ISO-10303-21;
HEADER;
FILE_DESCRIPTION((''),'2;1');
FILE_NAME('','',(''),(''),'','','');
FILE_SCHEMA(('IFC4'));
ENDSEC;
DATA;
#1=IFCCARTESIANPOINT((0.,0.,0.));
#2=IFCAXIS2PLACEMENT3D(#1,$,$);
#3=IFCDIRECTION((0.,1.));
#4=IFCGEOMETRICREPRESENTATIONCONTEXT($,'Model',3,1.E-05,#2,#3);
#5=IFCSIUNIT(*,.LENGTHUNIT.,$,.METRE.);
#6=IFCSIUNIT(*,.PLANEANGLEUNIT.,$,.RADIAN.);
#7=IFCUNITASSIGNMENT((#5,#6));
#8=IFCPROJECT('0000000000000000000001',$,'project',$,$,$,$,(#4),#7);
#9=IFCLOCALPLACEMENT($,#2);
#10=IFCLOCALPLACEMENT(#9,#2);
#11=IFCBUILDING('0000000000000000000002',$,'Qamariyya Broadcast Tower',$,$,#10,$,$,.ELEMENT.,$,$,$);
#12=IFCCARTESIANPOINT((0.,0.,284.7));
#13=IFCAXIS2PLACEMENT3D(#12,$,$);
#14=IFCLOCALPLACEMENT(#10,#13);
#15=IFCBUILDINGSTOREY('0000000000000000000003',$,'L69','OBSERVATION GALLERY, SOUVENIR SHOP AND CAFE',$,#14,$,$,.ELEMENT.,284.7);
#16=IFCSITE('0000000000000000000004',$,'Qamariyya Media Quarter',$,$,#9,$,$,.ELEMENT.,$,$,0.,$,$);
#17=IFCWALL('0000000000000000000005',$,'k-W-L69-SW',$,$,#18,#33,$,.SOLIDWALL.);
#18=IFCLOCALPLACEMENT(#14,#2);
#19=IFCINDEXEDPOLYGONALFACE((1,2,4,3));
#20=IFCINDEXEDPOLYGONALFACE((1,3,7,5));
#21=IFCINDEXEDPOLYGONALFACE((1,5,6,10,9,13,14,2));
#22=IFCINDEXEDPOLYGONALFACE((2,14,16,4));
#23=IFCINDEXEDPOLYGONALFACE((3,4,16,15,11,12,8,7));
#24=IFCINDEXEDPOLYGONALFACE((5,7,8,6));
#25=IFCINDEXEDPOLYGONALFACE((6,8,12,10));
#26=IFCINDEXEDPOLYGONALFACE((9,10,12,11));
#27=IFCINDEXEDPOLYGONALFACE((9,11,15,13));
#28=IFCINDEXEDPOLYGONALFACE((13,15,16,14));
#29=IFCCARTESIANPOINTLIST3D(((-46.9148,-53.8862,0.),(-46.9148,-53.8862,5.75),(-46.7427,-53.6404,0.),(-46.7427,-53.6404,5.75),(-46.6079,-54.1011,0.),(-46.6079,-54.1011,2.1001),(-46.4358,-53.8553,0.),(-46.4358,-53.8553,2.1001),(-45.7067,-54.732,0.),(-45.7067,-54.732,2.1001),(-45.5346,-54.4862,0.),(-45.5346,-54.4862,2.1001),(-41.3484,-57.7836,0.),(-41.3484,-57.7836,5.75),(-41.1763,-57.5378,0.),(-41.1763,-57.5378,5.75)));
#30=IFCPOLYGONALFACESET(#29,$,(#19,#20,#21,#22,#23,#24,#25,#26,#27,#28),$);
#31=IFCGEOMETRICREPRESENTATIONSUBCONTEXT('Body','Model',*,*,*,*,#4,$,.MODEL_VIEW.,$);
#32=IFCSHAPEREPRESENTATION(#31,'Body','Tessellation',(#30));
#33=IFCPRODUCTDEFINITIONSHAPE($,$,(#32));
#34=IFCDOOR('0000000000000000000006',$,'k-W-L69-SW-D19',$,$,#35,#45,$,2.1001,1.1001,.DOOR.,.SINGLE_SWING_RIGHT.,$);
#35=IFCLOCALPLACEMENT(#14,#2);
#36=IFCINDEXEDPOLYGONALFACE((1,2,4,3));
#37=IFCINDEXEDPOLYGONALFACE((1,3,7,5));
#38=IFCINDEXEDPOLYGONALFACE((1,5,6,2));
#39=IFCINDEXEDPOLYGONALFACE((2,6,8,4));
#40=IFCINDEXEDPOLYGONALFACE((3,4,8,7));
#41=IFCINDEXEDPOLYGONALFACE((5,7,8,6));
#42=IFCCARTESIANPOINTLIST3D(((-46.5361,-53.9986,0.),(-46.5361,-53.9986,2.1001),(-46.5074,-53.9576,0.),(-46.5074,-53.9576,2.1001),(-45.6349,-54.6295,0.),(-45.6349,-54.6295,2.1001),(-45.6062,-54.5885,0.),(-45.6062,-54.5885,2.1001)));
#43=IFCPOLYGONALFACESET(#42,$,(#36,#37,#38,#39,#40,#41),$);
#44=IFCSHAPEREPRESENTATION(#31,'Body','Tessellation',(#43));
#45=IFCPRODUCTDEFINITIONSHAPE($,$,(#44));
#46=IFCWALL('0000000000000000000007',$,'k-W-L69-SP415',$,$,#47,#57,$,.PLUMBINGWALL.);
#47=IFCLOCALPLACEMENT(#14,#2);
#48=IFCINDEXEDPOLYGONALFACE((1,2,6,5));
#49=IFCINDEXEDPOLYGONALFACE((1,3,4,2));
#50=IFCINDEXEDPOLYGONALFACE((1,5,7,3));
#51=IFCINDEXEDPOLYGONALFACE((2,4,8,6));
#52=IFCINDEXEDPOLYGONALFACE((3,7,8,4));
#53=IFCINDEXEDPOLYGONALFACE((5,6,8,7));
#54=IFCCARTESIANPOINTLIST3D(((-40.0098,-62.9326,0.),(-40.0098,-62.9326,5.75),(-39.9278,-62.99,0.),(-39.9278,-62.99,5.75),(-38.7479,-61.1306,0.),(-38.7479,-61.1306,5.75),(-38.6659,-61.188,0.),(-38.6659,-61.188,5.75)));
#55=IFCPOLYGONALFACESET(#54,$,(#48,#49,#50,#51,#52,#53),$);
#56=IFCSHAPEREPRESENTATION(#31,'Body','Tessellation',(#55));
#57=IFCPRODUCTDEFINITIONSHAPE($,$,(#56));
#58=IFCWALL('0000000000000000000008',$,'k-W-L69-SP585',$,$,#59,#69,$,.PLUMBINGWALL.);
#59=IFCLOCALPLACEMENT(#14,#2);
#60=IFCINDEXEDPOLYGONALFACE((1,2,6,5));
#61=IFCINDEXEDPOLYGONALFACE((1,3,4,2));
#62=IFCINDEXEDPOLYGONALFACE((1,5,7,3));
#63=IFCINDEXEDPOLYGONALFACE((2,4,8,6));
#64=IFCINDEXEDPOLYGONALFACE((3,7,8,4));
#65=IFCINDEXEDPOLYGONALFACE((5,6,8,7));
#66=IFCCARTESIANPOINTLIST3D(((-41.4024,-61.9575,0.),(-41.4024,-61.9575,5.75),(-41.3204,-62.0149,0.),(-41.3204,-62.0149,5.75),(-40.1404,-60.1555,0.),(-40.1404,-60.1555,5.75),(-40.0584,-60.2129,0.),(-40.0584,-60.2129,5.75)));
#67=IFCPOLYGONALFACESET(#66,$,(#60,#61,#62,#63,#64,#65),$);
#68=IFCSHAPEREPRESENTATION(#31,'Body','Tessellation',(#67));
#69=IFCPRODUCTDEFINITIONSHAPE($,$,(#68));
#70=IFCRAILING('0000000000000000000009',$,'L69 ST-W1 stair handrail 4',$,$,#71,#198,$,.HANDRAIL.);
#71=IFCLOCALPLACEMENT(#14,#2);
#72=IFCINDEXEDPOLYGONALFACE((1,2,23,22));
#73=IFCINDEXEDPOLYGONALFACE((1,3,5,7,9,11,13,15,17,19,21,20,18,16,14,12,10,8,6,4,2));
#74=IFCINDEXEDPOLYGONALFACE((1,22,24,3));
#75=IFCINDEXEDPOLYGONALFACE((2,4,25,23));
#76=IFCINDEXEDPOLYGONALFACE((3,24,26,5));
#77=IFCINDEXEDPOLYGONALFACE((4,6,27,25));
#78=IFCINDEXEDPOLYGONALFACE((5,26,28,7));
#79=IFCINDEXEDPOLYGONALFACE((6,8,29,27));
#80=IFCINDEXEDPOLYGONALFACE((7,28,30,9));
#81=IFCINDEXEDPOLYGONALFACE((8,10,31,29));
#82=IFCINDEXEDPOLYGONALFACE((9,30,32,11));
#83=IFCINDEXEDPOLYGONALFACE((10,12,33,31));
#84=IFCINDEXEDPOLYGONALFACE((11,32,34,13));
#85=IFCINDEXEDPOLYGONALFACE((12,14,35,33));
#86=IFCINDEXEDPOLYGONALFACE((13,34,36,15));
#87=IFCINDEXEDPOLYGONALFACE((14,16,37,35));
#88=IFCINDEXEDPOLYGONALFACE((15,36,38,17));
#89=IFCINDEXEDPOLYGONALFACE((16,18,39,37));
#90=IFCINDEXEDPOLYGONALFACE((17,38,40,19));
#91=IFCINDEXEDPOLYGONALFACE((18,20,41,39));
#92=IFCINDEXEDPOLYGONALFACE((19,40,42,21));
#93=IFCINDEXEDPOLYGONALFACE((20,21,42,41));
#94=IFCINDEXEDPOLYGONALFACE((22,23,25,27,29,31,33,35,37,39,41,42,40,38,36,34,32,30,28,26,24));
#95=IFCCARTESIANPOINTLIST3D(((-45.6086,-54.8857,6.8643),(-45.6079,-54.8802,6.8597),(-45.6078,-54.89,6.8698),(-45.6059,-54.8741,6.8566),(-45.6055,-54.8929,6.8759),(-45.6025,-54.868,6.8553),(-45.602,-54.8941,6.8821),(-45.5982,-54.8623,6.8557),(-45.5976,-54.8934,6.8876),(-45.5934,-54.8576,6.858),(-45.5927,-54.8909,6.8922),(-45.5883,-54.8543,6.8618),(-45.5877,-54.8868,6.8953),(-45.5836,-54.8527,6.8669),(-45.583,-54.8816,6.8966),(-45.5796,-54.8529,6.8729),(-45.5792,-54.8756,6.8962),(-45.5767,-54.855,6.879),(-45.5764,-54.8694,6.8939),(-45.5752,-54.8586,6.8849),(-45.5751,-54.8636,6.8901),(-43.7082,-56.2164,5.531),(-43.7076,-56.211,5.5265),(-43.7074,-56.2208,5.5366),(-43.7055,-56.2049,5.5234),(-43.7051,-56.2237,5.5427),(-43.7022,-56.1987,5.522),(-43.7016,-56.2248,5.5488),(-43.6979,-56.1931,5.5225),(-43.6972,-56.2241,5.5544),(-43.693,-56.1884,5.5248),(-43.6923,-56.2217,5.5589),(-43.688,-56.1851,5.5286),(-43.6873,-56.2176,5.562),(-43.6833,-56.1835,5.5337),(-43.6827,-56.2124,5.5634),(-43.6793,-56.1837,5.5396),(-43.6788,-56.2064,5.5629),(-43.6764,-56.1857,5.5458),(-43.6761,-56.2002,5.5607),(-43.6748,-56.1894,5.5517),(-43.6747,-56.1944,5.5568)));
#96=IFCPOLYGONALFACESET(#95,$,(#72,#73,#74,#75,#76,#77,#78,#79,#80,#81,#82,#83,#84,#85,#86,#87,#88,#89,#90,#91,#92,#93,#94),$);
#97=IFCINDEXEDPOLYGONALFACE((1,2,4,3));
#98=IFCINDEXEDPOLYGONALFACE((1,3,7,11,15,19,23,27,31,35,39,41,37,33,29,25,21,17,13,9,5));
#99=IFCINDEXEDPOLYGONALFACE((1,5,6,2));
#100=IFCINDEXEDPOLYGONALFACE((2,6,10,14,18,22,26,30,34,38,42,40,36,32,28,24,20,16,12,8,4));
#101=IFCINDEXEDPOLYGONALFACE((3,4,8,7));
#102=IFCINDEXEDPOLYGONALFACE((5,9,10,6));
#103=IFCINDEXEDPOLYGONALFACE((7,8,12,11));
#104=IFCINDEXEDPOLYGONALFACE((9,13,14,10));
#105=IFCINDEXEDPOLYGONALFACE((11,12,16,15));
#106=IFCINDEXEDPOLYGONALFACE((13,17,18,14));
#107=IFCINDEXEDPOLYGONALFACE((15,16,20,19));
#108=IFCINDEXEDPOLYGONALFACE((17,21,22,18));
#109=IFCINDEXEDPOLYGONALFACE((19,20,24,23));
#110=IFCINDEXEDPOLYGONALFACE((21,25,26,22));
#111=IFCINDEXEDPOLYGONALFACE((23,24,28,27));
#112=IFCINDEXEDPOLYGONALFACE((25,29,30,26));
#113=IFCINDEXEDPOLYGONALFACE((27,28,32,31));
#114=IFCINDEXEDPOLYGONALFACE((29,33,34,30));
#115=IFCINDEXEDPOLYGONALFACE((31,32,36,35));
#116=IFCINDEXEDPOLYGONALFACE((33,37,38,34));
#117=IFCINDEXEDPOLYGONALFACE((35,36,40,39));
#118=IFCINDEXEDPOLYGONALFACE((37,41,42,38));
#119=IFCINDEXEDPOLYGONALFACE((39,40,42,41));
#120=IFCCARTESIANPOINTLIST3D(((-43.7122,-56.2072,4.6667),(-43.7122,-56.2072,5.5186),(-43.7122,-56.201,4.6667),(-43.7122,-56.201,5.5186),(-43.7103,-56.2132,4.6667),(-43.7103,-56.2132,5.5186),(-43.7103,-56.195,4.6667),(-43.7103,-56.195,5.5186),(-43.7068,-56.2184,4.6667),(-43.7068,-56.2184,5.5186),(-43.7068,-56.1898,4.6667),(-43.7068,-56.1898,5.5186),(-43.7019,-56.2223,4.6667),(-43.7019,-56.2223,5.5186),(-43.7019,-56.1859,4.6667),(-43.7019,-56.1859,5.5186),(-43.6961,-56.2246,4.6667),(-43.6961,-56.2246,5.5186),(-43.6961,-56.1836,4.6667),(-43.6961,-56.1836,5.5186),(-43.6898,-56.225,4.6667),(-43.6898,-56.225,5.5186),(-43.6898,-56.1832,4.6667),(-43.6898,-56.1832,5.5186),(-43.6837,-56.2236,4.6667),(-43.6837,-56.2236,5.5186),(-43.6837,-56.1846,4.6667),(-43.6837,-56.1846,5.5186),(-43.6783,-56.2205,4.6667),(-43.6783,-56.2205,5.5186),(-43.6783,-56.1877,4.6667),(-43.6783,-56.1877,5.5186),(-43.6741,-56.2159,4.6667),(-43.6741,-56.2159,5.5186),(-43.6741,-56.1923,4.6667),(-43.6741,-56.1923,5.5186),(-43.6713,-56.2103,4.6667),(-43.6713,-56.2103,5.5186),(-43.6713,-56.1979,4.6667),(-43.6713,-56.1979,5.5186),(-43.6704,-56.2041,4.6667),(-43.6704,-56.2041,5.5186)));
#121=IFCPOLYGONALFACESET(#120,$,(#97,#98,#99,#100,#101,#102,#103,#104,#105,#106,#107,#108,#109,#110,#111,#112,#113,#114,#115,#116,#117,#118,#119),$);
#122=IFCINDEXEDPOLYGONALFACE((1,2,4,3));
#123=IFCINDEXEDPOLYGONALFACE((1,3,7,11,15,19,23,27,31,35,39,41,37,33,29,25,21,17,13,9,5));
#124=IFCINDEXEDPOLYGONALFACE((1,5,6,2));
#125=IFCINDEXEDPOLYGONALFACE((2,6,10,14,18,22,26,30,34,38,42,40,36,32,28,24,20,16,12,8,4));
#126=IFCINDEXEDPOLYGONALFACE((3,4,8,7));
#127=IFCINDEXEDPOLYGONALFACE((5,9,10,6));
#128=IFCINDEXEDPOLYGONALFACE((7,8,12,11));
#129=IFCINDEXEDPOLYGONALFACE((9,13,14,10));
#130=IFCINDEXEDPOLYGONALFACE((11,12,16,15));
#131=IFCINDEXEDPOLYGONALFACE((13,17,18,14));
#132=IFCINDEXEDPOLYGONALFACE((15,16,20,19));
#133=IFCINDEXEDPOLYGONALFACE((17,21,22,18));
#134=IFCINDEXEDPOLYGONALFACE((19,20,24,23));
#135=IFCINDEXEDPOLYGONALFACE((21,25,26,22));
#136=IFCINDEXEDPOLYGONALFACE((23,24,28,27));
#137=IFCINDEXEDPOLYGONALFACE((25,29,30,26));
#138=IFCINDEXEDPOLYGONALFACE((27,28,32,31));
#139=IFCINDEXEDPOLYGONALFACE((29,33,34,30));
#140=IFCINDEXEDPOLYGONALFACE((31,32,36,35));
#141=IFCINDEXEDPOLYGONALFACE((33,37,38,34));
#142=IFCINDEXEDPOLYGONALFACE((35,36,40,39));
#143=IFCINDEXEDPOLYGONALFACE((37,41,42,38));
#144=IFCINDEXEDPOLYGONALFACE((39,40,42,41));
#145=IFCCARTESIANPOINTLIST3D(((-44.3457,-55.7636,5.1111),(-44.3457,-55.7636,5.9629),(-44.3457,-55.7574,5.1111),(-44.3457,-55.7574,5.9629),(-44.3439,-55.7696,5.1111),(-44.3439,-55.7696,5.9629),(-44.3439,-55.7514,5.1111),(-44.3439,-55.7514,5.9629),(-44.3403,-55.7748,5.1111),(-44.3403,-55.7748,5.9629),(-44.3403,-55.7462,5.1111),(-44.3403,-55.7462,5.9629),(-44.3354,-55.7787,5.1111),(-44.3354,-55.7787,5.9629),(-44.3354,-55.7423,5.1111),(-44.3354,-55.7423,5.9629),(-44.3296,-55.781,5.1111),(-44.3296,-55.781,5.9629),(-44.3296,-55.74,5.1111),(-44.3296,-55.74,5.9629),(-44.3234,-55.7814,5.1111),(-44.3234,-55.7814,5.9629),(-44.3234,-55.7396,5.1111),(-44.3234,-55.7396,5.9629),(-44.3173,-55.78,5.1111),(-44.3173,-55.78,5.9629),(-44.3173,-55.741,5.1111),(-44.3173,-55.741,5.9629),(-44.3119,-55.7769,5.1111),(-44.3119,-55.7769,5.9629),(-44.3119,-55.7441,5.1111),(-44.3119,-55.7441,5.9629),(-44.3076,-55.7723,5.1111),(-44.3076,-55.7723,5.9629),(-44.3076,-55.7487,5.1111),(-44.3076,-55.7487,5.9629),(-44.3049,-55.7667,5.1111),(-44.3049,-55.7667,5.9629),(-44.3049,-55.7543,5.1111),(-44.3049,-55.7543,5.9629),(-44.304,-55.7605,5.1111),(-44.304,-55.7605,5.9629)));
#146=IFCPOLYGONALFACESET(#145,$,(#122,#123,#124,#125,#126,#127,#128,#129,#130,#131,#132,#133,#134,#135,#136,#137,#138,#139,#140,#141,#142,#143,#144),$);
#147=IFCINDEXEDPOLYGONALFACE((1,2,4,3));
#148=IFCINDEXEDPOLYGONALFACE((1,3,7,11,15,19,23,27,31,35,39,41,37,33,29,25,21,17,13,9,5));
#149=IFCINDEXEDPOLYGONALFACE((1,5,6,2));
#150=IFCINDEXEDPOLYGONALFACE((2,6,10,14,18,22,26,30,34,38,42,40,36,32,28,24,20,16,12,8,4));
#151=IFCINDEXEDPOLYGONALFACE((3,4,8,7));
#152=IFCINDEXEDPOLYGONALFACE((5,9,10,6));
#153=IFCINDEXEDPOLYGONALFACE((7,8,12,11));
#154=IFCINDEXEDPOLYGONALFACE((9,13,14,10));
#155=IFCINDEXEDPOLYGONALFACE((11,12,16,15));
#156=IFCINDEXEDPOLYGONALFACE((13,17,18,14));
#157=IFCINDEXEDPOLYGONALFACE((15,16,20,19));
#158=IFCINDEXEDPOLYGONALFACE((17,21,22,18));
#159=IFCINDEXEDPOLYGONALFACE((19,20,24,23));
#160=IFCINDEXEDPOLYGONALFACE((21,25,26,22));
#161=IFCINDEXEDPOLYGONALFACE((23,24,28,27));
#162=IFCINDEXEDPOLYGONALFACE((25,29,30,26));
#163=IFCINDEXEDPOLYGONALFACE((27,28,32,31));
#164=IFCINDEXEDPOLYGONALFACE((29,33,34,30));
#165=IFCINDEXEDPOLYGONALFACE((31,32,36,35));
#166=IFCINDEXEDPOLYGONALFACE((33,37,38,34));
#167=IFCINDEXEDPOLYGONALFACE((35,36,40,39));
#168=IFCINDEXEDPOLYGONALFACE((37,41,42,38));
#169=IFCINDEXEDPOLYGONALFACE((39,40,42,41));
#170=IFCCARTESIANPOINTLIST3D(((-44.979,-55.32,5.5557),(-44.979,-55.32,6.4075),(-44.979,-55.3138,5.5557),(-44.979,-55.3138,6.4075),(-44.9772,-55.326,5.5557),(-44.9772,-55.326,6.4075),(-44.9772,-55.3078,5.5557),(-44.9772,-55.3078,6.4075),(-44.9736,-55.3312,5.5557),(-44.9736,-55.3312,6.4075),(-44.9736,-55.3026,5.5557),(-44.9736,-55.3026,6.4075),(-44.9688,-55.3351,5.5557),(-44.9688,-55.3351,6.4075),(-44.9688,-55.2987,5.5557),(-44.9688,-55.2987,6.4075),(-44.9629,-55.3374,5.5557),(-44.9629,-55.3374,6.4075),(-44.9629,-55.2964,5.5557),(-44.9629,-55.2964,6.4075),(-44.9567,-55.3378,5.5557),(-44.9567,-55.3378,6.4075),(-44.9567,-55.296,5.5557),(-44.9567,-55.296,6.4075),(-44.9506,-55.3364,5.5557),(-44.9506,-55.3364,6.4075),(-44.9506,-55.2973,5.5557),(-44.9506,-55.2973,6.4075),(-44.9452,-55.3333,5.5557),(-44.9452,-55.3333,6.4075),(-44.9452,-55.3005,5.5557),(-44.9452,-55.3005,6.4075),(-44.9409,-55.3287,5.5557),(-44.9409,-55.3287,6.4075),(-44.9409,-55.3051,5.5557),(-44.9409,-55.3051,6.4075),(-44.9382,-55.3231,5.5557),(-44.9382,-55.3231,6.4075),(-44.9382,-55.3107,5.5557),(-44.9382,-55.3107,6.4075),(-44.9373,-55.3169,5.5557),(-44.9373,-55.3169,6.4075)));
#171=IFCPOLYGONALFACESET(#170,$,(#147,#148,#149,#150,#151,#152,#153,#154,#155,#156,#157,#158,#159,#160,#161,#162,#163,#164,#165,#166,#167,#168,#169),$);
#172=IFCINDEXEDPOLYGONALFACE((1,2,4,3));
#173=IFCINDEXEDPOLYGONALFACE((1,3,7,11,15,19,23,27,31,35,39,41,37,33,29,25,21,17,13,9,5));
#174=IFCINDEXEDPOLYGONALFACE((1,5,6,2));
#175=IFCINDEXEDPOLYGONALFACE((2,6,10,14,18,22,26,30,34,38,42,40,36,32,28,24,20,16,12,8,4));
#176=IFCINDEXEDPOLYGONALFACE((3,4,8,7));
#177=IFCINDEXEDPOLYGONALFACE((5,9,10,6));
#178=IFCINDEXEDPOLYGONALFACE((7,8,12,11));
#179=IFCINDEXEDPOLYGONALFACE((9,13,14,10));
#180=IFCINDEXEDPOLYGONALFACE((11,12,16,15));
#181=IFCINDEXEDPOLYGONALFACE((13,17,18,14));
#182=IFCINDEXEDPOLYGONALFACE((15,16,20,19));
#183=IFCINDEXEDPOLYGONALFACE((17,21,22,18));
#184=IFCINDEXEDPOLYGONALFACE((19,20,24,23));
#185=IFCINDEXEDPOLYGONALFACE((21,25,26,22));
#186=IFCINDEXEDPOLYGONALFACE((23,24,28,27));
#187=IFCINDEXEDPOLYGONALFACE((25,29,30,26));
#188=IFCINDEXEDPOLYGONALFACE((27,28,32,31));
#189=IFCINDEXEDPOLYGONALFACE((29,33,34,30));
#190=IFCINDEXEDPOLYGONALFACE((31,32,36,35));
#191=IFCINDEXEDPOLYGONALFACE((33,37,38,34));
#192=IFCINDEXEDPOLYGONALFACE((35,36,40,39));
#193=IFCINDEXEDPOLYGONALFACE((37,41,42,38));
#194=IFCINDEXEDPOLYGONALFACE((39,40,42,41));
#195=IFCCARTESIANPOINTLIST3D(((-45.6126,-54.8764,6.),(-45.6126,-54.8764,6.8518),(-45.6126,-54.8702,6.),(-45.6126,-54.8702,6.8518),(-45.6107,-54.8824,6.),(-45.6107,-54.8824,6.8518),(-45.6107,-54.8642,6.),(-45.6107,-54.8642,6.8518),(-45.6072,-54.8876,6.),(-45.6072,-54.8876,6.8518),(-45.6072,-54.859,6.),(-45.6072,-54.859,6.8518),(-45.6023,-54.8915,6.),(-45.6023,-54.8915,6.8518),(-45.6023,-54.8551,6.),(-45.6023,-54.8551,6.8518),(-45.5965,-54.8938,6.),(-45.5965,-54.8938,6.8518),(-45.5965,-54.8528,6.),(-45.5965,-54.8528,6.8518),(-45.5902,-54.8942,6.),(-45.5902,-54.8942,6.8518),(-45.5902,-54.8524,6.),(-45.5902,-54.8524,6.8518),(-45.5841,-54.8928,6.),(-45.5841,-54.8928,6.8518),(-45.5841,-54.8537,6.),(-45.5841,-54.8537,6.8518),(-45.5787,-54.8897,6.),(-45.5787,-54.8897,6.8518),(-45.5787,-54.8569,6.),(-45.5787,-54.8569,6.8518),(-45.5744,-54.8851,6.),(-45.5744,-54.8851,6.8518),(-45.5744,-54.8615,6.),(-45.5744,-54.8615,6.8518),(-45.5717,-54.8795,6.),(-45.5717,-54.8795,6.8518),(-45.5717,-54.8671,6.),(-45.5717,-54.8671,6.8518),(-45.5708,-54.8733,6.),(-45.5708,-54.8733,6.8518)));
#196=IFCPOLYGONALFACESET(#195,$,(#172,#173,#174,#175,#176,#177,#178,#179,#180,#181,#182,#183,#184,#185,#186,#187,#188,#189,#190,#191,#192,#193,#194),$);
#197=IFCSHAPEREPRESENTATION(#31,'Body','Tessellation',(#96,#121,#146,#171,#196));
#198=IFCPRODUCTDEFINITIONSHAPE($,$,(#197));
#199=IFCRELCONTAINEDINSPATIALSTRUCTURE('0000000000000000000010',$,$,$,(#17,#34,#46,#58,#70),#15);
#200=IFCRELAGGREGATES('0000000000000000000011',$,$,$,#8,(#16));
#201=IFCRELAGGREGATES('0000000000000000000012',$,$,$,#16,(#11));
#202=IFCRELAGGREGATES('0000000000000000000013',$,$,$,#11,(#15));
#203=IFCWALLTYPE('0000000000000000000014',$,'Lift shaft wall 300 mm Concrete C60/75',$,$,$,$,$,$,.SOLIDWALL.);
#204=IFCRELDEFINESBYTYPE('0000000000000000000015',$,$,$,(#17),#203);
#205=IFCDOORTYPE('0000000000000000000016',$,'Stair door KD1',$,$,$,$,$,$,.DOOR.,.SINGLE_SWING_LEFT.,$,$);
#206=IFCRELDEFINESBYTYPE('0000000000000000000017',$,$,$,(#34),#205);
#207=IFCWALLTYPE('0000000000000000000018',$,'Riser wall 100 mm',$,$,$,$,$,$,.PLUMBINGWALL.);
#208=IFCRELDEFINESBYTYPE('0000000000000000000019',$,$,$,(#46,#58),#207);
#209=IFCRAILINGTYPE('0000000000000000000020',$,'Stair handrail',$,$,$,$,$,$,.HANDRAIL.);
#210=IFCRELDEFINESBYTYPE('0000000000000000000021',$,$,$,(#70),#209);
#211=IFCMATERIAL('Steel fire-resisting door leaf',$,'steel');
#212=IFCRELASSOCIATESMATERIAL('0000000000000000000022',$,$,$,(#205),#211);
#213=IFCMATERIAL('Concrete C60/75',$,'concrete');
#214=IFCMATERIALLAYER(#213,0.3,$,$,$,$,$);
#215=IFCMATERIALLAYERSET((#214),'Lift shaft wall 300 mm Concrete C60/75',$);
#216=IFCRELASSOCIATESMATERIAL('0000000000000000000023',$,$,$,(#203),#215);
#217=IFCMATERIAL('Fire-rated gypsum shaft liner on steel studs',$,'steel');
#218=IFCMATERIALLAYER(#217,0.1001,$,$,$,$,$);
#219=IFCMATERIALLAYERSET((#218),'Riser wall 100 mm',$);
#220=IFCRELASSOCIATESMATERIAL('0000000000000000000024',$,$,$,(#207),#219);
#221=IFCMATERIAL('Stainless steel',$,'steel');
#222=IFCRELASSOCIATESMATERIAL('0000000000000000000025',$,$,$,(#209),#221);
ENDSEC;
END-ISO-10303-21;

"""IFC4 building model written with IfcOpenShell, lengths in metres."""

from ifc_helpers import new_model, si_unit, direction, frame, frame_2d, origin, origin_2d, place, context, subcontext, project, spatial, rectangle, circle, extrude, material, layer, layer_set, type_object, element, fill, save


model = new_model("IFC4")

# Units and contexts
model_context = context("Model", 3, precision=1e-05, world=origin(), true_north=direction((0.0, 1.0)))
body_context = subcontext(model_context, "Body", "Model", "MODEL_VIEW")
ifc_project = project(units=[si_unit("LENGTHUNIT", "METRE"), si_unit("PLANEANGLEUNIT", "RADIAN")], contexts=[model_context])

# Site, building, storey
site_placement = place(None, origin())
site = spatial("IfcSite", under=ifc_project, at=site_placement, Name="Qamariyya Media Quarter", CompositionType="ELEMENT", RefElevation=0.0)
building_placement = place(site_placement, origin())
building = spatial("IfcBuilding", under=site, at=building_placement, Name="Qamariyya Broadcast Tower", CompositionType="ELEMENT")
storey_placement = place(building_placement, frame((0.0, 0.0, 284.7)))
storey = spatial("IfcBuildingStorey", under=building, at=storey_placement, Name="L69", Description="OBSERVATION GALLERY, SOUVENIR SHOP AND CAFE", CompositionType="ELEMENT", Elevation=284.7)

# Shared definitions
ifc_material_1 = material(Name="Concrete C60/75", Category="concrete")
ifc_material_2 = material(Name="Steel fire-resisting door leaf", Category="steel")

# Shared definitions
door_type_1 = type_object("IfcDoorType", Name="Stair door KD1", OperationType="SINGLE_SWING_LEFT", PredefinedType="DOOR", material=ifc_material_2)

# Shared definitions
ifc_layer_1 = layer(ifc_material_1, 0.3)
ifc_layer_set_1 = layer_set([ifc_layer_1], Name="Lift shaft wall 300 mm Concrete C60/75")
wall_type_1 = type_object("IfcWallType", Name="Lift shaft wall 300 mm Concrete C60/75", PredefinedType="SOLIDWALL", material=ifc_layer_set_1)

# Wall, opening, door
wall_1_placement = place(storey_placement, frame((-41.2625, -57.6606, 0.0), z_axis=(0.0, 0.0, 1.0), x_axis=(-0.819164, 0.573559, 0.0)))
wall_1 = element("IfcWall", 1, at=wall_1_placement, inside=storey, type_object=wall_type_1, Name="k-W-L69-SW", PredefinedType="SOLIDWALL", context=body_context, shape_type="SweptSolid", body=[
    extrude(rectangle(XDim=6.7952, YDim=0.3, at=frame_2d((3.3975, 0.0))), origin(), (0.0, 0.0, 1.0), 5.75),
])
opening_1_placement = place(wall_1_placement, frame((5.3203, 0.0, 0.0)))
opening_1 = element("IfcOpeningElement", 2, at=opening_1_placement, cuts=wall_1, PredefinedType="OPENING", context=body_context, shape_type="SweptSolid", body=[
    extrude(rectangle(XDim=1.1001, YDim=2.1001, at=frame_2d((0.55, 1.05))), frame((0.0, 0.1599, 0.0), z_axis=(0.0, -1.0, 0.0), x_axis=(1.0, 0.0, 0.0)), (0.0, 0.0, 1.0), 0.3201),
])
door_1_placement = place(opening_1_placement, origin())
door_1 = element("IfcDoor", 3, at=door_1_placement, inside=storey, type_object=door_type_1, Name="k-W-L69-SW-D19", OperationType="SINGLE_SWING_RIGHT", OverallHeight=2.1001, OverallWidth=1.1001, PredefinedType="DOOR", context=body_context, shape_type="SweptSolid", body=[
    extrude(rectangle(XDim=1.1001, YDim=2.1001, at=frame_2d((0.55, 1.05))), frame((0.0, 0.0249, 0.0), z_axis=(0.0, -1.0, 0.0), x_axis=(1.0, 0.0, 0.0)), (0.0, 0.0, 1.0), 0.05),
])
fill(opening_1, door_1)

# Walls
ifc_material_3 = material(Name="Fire-rated gypsum shaft liner on steel studs", Category="steel")
ifc_layer_2 = layer(ifc_material_3, 0.1001)
ifc_layer_set_2 = layer_set([ifc_layer_2], Name="Riser wall 100 mm")
wall_type_2 = type_object("IfcWallType", Name="Riser wall 100 mm", PredefinedType="PLUMBINGWALL", material=ifc_layer_set_2)
for number, where, z_axis, x_axis, name in (
    (4, (-38.7068, -61.1592, 0.0), (0.0, 0.0, 1.0), (-0.573634, -0.819112, 0.0), "k-W-L69-SP415"),
    (5, (-40.0994, -60.1841, 0.0), (0.0, 0.0, 1.0), (-0.573634, -0.819112, 0.0), "k-W-L69-SP585"),
):
    element("IfcWall", number, at=place(storey_placement, frame(where, z_axis=z_axis, x_axis=x_axis)), inside=storey, type_object=wall_type_2, Name=name, PredefinedType="PLUMBINGWALL", context=body_context, shape_type="SweptSolid", body=[
        extrude(rectangle(XDim=2.2, YDim=0.1001, at=frame_2d((1.1001, 0.0))), origin(), (0.0, 0.0, 1.0), 5.75),
    ])

# Railing
ifc_material_4 = material(Name="Stainless steel", Category="steel")
railing_type = type_object("IfcRailingType", Name="Stair handrail", PredefinedType="HANDRAIL", material=ifc_material_4)
railing_placement = place(storey_placement, frame((-43.6914, -56.2041, 4.6667)))
element("IfcRailing", 6, at=railing_placement, inside=storey, type_object=railing_type, Name="L69 ST-W1 stair handrail 4", PredefinedType="HANDRAIL", context=body_context, shape_type="SweptSolid", body=[
    extrude(circle(Radius=0.0239, at=origin_2d()), frame((0.0, 0.0, 0.876), z_axis=(-0.710204, 0.497344, 0.498256), x_axis=(-0.573618, -0.819123, 0.0)), (0.0, 0.0, 1.0), 2.6758),
    extrude(circle(Radius=0.021, at=origin_2d()), origin(), (0.0, 0.0, 1.0), 0.8518),
    extrude(circle(Radius=0.021, at=origin_2d()), frame((-0.6335, 0.4436, 0.4443)), (0.0, 0.0, 1.0), 0.8518),
    extrude(circle(Radius=0.021, at=origin_2d()), frame((-1.2668, 0.8872, 0.8889)), (0.0, 0.0, 1.0), 0.8518),
    extrude(circle(Radius=0.021, at=origin_2d()), frame((-1.9004, 1.3308, 1.3333)), (0.0, 0.0, 1.0), 0.8518),
])

save(model, "model.ifc")
